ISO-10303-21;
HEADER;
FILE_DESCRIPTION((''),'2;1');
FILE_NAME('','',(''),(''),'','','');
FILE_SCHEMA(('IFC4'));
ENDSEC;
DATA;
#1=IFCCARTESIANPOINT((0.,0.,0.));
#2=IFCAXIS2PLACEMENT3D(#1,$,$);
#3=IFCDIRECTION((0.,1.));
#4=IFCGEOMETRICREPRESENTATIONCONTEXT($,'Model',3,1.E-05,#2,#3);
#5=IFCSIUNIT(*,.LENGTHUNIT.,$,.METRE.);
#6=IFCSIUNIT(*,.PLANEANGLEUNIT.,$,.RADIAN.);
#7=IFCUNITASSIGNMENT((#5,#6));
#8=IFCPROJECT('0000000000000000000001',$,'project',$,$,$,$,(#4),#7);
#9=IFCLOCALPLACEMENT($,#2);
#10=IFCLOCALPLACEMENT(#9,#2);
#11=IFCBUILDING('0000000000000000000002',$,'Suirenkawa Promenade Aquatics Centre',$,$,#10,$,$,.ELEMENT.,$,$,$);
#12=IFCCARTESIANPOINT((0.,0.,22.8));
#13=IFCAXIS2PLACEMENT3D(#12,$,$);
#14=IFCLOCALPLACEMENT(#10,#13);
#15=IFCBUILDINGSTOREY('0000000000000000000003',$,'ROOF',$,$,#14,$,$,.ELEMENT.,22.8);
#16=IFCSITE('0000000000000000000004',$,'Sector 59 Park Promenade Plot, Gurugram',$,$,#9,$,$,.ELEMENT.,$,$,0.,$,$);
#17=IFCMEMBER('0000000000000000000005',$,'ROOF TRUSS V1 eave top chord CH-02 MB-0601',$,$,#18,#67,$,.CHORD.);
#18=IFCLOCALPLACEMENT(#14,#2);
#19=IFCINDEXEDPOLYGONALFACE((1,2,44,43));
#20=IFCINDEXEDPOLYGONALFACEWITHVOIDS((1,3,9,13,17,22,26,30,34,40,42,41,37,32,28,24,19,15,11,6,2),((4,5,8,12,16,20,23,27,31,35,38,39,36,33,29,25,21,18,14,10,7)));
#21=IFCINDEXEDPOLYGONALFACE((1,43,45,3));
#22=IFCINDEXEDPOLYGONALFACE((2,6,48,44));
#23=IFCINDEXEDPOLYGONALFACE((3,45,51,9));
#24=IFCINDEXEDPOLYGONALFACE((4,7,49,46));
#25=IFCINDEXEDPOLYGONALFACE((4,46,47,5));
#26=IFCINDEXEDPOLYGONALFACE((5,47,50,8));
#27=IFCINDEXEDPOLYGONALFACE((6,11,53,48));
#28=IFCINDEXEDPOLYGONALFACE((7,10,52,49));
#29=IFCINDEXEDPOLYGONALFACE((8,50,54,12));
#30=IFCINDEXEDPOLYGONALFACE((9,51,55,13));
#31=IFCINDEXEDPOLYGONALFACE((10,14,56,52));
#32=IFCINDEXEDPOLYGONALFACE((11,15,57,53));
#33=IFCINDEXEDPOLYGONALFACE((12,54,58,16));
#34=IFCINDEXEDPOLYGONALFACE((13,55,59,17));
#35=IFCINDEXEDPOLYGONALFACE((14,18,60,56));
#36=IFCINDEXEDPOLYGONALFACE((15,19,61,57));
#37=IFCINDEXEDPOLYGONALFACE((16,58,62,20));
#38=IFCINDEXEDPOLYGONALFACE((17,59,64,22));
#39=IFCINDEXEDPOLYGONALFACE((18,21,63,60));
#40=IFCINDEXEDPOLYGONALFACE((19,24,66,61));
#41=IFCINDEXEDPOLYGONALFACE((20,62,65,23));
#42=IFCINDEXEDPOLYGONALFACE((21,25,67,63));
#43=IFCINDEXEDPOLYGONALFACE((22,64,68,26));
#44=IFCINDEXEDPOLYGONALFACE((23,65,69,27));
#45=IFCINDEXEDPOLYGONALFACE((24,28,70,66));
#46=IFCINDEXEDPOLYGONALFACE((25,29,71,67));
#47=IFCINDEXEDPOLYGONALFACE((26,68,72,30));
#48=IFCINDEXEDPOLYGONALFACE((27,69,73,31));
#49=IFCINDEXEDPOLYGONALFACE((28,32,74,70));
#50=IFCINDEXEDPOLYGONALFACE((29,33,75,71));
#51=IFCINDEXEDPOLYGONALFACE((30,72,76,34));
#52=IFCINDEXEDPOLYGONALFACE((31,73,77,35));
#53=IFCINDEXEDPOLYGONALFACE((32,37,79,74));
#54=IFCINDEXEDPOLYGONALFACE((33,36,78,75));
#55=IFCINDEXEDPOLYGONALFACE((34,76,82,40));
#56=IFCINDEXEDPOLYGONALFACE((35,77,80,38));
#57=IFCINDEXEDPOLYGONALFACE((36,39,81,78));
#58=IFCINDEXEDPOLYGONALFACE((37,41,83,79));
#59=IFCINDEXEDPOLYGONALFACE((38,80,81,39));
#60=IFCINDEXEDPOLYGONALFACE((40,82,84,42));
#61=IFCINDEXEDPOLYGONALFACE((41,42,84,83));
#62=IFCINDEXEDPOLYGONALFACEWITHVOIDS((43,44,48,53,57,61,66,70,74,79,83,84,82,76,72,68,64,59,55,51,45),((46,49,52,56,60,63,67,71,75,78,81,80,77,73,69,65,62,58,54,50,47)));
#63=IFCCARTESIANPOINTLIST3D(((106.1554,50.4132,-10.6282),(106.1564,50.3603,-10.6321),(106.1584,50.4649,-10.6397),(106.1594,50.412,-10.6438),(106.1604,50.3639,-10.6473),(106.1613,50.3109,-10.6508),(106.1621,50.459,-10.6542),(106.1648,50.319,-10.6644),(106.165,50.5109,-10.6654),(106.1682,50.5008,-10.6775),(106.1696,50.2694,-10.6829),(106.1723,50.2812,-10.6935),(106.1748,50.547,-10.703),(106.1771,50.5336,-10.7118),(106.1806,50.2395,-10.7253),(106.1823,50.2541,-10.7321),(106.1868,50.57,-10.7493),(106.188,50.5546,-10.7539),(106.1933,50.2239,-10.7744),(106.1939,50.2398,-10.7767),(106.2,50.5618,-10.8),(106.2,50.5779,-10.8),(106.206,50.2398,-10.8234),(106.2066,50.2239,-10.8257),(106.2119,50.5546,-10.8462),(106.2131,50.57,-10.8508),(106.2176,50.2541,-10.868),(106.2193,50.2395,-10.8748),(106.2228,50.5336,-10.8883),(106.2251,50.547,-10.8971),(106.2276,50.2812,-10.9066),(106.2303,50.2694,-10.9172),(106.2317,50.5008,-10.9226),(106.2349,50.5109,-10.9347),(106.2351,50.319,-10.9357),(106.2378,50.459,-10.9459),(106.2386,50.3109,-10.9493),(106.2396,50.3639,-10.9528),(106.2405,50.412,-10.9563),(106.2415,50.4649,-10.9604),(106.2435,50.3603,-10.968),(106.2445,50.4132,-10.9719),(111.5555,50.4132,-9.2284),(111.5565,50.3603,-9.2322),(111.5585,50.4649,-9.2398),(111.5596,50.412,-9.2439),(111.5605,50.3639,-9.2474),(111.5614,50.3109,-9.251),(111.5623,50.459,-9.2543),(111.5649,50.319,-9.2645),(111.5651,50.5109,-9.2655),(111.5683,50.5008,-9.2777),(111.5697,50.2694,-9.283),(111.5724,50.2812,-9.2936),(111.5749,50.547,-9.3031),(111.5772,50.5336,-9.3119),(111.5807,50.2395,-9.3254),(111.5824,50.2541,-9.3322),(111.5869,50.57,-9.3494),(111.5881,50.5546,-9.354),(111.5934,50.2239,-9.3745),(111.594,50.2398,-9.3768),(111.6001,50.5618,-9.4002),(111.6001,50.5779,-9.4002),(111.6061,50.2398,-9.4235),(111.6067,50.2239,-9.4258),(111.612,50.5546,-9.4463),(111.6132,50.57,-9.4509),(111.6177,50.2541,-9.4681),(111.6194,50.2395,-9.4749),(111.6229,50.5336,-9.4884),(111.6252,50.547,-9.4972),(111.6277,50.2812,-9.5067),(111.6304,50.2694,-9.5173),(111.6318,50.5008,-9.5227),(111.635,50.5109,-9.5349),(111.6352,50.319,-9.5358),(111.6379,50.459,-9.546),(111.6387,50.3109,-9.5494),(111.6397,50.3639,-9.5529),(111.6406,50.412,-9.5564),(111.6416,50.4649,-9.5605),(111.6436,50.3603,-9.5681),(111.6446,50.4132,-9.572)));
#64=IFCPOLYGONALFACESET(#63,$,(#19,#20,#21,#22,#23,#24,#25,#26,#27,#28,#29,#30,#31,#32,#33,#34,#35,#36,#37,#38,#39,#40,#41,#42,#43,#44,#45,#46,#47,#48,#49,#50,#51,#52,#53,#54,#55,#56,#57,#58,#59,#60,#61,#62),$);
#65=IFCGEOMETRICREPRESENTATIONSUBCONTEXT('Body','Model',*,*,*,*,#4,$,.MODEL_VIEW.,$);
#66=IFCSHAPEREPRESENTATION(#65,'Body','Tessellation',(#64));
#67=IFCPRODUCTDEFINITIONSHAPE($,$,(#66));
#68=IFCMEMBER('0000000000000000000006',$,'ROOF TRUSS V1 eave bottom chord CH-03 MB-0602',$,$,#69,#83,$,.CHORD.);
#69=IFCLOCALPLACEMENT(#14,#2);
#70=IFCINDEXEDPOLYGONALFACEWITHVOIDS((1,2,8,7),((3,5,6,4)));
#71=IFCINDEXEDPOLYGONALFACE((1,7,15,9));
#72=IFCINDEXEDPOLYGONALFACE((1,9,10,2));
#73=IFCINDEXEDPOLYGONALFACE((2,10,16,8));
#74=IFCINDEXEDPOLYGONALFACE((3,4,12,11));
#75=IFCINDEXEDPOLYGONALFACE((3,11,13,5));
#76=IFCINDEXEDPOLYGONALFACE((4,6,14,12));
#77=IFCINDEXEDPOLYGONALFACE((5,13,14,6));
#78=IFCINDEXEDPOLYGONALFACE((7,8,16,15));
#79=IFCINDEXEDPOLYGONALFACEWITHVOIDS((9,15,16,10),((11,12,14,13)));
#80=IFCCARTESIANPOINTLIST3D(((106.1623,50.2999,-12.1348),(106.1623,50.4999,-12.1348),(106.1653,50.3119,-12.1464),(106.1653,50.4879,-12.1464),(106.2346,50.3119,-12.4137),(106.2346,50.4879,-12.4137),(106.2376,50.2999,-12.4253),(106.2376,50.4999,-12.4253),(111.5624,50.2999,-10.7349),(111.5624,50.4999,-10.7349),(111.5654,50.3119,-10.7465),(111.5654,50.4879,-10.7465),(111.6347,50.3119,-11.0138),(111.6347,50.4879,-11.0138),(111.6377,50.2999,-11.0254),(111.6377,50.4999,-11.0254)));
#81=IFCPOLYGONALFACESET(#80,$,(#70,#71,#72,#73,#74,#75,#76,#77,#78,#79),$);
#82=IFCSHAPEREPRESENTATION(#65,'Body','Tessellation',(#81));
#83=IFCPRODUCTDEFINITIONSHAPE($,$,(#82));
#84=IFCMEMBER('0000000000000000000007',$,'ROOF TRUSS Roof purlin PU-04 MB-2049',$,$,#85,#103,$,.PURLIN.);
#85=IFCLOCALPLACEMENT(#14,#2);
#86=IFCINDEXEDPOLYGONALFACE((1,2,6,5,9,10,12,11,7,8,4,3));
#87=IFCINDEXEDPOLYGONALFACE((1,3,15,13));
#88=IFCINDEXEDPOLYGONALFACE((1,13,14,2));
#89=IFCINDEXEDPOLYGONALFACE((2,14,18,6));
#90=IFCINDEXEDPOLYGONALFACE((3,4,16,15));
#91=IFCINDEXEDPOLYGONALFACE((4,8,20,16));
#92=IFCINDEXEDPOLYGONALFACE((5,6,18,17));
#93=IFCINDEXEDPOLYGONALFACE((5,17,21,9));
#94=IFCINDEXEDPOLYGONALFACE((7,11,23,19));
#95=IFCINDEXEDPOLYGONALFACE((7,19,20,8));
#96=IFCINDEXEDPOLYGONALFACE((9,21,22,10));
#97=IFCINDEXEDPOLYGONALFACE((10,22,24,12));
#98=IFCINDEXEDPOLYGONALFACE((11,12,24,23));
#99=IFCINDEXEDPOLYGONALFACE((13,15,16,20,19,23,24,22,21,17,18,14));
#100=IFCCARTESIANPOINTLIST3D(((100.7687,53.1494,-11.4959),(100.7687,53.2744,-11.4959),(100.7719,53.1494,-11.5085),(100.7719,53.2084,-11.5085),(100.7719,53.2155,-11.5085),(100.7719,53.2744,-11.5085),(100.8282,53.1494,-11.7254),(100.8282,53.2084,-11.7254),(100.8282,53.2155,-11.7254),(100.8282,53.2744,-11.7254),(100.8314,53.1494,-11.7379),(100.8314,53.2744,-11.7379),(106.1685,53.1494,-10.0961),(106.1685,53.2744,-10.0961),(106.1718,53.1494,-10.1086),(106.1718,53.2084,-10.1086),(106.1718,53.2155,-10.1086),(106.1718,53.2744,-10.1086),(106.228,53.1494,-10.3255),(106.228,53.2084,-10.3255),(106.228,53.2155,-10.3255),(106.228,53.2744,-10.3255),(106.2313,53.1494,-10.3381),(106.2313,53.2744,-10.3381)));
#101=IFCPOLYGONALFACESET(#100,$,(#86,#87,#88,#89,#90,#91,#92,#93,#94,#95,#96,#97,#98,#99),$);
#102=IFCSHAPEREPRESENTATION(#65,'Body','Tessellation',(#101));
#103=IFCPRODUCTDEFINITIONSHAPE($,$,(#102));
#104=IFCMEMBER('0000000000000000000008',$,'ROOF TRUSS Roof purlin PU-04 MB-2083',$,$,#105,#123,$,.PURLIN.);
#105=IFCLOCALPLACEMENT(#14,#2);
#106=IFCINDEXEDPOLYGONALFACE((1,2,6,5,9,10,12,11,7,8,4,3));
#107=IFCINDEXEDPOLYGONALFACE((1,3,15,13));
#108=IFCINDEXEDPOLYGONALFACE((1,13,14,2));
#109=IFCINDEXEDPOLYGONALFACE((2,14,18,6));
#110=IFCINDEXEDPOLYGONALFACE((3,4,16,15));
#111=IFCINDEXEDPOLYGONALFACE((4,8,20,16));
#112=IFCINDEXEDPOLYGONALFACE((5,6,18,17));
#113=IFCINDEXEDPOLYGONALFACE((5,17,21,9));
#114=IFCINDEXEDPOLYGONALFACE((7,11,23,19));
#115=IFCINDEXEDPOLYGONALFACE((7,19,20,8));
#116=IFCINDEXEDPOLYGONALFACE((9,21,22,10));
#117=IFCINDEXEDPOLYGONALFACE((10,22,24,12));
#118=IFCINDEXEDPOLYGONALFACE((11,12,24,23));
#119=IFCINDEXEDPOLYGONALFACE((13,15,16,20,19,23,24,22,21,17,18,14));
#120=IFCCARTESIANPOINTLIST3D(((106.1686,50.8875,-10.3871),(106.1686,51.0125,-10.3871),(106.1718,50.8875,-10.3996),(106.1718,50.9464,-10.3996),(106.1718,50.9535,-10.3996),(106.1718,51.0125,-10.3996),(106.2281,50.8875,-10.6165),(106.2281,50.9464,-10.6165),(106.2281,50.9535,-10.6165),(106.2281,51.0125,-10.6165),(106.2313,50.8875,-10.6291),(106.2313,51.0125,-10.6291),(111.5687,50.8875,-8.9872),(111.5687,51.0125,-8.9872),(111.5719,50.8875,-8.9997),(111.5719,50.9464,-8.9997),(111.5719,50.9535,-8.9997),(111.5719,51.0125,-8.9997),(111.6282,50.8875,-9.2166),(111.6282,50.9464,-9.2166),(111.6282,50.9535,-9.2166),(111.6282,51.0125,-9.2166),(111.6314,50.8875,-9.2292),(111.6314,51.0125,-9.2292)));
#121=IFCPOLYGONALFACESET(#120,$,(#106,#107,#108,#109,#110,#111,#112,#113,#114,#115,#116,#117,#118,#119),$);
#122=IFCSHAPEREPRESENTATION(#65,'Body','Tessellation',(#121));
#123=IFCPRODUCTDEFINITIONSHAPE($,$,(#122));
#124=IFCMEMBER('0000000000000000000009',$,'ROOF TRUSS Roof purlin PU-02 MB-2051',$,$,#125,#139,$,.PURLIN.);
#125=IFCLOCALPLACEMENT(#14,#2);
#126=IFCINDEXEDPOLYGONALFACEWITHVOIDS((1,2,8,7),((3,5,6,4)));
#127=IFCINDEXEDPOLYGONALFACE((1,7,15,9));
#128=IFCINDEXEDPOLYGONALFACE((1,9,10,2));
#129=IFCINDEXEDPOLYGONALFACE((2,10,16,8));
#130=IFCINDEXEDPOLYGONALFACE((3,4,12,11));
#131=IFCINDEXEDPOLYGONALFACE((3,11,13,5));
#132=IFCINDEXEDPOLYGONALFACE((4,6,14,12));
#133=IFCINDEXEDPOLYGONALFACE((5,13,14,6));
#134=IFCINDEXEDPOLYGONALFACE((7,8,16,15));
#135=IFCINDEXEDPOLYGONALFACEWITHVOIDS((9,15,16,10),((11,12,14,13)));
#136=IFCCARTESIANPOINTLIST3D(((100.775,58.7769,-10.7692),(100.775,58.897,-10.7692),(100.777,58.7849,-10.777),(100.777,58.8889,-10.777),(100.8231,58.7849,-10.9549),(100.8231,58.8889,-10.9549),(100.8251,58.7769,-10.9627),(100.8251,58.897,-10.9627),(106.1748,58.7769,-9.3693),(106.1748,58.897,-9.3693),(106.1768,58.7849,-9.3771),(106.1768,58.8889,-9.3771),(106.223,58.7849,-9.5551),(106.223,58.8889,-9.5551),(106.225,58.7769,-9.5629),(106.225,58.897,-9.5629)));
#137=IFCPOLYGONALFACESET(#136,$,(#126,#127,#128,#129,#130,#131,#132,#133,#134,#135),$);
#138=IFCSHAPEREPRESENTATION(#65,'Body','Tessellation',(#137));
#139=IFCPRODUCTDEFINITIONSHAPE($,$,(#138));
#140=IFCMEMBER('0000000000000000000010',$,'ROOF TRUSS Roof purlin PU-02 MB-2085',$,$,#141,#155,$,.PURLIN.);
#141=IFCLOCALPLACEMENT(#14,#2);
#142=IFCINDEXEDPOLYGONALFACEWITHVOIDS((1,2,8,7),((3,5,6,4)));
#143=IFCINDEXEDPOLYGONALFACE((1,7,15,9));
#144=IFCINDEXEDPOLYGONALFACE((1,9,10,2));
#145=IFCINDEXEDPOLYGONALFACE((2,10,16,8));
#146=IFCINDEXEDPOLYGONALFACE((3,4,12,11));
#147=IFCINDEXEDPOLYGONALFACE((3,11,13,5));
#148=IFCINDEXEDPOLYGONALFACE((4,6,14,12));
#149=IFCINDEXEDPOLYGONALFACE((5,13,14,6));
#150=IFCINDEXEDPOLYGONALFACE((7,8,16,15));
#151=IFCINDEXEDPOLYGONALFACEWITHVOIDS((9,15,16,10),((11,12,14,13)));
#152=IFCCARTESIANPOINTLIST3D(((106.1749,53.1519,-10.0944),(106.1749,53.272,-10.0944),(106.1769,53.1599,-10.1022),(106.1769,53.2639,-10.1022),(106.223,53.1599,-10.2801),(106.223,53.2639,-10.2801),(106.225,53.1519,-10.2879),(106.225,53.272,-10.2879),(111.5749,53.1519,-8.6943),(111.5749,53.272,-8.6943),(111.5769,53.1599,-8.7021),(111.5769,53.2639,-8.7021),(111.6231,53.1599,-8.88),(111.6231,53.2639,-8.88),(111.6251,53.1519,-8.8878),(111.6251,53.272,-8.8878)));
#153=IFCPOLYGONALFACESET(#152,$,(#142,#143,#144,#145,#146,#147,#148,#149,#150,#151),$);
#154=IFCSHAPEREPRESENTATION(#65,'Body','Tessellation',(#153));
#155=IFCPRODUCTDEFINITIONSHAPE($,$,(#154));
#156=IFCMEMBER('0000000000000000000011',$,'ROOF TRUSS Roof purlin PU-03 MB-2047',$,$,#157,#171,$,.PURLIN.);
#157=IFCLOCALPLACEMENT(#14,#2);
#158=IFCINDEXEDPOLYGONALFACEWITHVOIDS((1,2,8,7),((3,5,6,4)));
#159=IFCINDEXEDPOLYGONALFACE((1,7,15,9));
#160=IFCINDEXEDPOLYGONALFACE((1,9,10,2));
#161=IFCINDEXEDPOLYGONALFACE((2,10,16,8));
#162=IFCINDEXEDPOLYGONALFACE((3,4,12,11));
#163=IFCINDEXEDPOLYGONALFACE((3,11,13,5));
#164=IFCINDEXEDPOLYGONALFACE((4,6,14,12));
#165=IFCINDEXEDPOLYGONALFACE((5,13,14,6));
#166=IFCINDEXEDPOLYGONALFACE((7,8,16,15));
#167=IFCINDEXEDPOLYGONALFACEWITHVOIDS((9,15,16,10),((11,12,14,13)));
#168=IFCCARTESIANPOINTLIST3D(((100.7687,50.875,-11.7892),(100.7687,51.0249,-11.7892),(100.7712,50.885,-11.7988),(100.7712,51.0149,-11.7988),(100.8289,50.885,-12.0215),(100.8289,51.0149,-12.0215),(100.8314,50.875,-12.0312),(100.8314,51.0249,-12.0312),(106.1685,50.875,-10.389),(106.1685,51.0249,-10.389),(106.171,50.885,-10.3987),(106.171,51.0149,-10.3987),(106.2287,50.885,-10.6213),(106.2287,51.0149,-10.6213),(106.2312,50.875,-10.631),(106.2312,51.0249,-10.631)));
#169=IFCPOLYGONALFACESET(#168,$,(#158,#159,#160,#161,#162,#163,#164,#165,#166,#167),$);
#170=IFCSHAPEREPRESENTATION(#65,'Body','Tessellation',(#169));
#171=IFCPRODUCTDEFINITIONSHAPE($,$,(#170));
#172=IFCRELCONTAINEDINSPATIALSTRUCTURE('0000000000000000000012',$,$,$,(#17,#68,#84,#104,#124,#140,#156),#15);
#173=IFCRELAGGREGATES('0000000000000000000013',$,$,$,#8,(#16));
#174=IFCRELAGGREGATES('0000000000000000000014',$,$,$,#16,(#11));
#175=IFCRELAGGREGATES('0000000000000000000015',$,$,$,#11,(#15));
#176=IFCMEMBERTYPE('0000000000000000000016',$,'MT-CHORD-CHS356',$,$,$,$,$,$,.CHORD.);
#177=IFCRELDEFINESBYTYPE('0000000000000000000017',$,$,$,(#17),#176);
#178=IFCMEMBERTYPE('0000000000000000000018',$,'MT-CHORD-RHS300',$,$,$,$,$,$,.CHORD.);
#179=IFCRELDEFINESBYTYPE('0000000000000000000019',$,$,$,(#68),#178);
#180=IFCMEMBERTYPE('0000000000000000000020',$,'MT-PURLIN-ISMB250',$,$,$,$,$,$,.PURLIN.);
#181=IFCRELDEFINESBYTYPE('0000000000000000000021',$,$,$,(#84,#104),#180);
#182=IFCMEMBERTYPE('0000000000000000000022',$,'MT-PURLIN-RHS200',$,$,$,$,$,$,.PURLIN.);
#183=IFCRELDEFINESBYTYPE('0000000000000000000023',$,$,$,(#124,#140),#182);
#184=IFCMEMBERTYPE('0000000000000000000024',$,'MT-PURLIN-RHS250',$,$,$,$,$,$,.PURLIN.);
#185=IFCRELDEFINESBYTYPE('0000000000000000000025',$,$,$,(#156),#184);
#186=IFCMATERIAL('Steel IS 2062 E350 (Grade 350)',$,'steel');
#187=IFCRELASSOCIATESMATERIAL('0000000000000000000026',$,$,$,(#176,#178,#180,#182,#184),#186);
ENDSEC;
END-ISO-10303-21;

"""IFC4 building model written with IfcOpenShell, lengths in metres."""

from ifc_helpers import new_model, si_unit, direction, frame, origin, origin_2d, place, context, subcontext, project, spatial, hollow_rectangle, hollow_circle, i_section, extrude, material, material_profile, profile_set, type_object, element, save


model = new_model("IFC4")

# Units and contexts
model_context = context("Model", 3, precision=1e-05, world=origin(), true_north=direction((0.0, 1.0)))
body_context = subcontext(model_context, "Body", "Model", "MODEL_VIEW")
ifc_project = project(units=[si_unit("LENGTHUNIT", "METRE"), si_unit("PLANEANGLEUNIT", "RADIAN")], contexts=[model_context])

# Site, building, storey
site_placement = place(None, origin())
site = spatial("IfcSite", under=ifc_project, at=site_placement, Name="Sector 59 Park Promenade Plot, Gurugram", CompositionType="ELEMENT", RefElevation=0.0)
building_placement = place(site_placement, origin())
building = spatial("IfcBuilding", under=site, at=building_placement, Name="Suirenkawa Promenade Aquatics Centre", CompositionType="ELEMENT")
storey_placement = place(building_placement, frame((0.0, 0.0, 22.8)))
storey = spatial("IfcBuildingStorey", under=building, at=storey_placement, Name="ROOF", CompositionType="ELEMENT", Elevation=22.8)

# Shared definitions
ifc_material_1 = material(Name="Steel IS 2062 E350 (Grade 350)", Category="steel")

# Members
ifc_material_profile_1 = material_profile(ifc_material_1, hollow_circle(Radius=0.178, WallThickness=0.0161, at=origin_2d()), Name="CHS 356x16", Category="steel")
ifc_profile_set_1 = profile_set([ifc_material_profile_1], Name="Steel IS 2062 E350 (Grade 350)")
member_type_1 = type_object("IfcMemberType", Name="MT-CHORD-CHS356", PredefinedType="CHORD", material=ifc_profile_set_1)
member_1_placement = place(storey_placement, frame((106.2, 50.3999, -10.8), z_axis=(0.968003, 0.0, 0.250939), x_axis=(0.0, 1.0, 0.0)))
element("IfcMember", 1, at=member_1_placement, inside=storey, type_object=member_type_1, Name="ROOF TRUSS V1 eave top chord CH-02 MB-0601", PredefinedType="CHORD", context=body_context, shape_type="SweptSolid", body=[
    extrude(hollow_circle(Radius=0.178, WallThickness=0.0161, at=origin_2d()), origin(), (0.0, 0.0, 1.0), 5.5786),
])
ifc_material_profile_2 = material_profile(ifc_material_1, hollow_rectangle(XDim=0.2, YDim=0.3, WallThickness=0.012, at=origin_2d()), Name="RHS 300x200x12", Category="steel")
ifc_profile_set_2 = profile_set([ifc_material_profile_2], Name="Steel IS 2062 E350 (Grade 350)")
member_type_2 = type_object("IfcMemberType", Name="MT-CHORD-RHS300", PredefinedType="CHORD", material=ifc_profile_set_2)
member_2_placement = place(storey_placement, frame((106.2, 50.3999, -12.28), z_axis=(0.968003, 0.0, 0.250939), x_axis=(0.0, 1.0, 0.0)))
element("IfcMember", 2, at=member_2_placement, inside=storey, type_object=member_type_2, Name="ROOF TRUSS V1 eave bottom chord CH-03 MB-0602", PredefinedType="CHORD", context=body_context, shape_type="SweptSolid", body=[
    extrude(hollow_rectangle(XDim=0.2, YDim=0.3, WallThickness=0.012, at=origin_2d()), origin(), (0.0, 0.0, 1.0), 5.5786),
])
ifc_material_profile_3 = material_profile(ifc_material_1, i_section(OverallWidth=0.125, OverallDepth=0.25, WebThickness=0.0071, FlangeThickness=0.0129, at=origin_2d()), Name="ISMB 250", Category="steel")
ifc_profile_set_3 = profile_set([ifc_material_profile_3], Name="Steel IS 2062 E350 (Grade 350)")
member_type_3 = type_object("IfcMemberType", Name="MT-PURLIN-ISMB250", PredefinedType="PURLIN", material=ifc_profile_set_3)
member_3_placement = place(storey_placement, frame((100.8, 53.2119, -11.6169), z_axis=(0.968, 0.0, 0.25095), x_axis=(0.0, 1.0, 0.0)))
element("IfcMember", 3, at=member_3_placement, inside=storey, type_object=member_type_3, Name="ROOF TRUSS Roof purlin PU-04 MB-2049", PredefinedType="PURLIN", context=body_context, shape_type="SweptSolid", body=[
    extrude(i_section(OverallWidth=0.125, OverallDepth=0.25, WebThickness=0.0071, FlangeThickness=0.0129, at=origin_2d()), origin(), (0.0, 0.0, 1.0), 5.5784),
])
member_4_placement = place(storey_placement, frame((106.2, 50.95, -10.5081), z_axis=(0.968003, 0.0, 0.250939), x_axis=(0.0, 1.0, 0.0)))
element("IfcMember", 4, at=member_4_placement, inside=storey, type_object=member_type_3, Name="ROOF TRUSS Roof purlin PU-04 MB-2083", PredefinedType="PURLIN", context=body_context, shape_type="SweptSolid", body=[
    extrude(i_section(OverallWidth=0.125, OverallDepth=0.25, WebThickness=0.0071, FlangeThickness=0.0129, at=origin_2d()), origin(), (0.0, 0.0, 1.0), 5.5786),
])
ifc_material_profile_4 = material_profile(ifc_material_1, hollow_rectangle(XDim=0.1201, YDim=0.2, WallThickness=0.0081, at=origin_2d()), Name="RHS 200x120x8", Category="steel")
ifc_profile_set_4 = profile_set([ifc_material_profile_4], Name="Steel IS 2062 E350 (Grade 350)")
member_type_4 = type_object("IfcMemberType", Name="MT-PURLIN-RHS200", PredefinedType="PURLIN", material=ifc_profile_set_4)
member_5_placement = place(storey_placement, frame((100.8, 58.8369, -10.866), z_axis=(0.968, 0.0, 0.25095), x_axis=(0.0, 1.0, 0.0)))
element("IfcMember", 5, at=member_5_placement, inside=storey, type_object=member_type_4, Name="ROOF TRUSS Roof purlin PU-02 MB-2051", PredefinedType="PURLIN", context=body_context, shape_type="SweptSolid", body=[
    extrude(hollow_rectangle(XDim=0.1201, YDim=0.2, WallThickness=0.0081, at=origin_2d()), origin(), (0.0, 0.0, 1.0), 5.5784),
])
member_6_placement = place(storey_placement, frame((106.2, 53.2119, -10.1912), z_axis=(0.967992, 0.0, 0.25098), x_axis=(0.0, 1.0, 0.0)))
element("IfcMember", 6, at=member_6_placement, inside=storey, type_object=member_type_4, Name="ROOF TRUSS Roof purlin PU-02 MB-2085", PredefinedType="PURLIN", context=body_context, shape_type="SweptSolid", body=[
    extrude(hollow_rectangle(XDim=0.1201, YDim=0.2, WallThickness=0.0081, at=origin_2d()), origin(), (0.0, 0.0, 1.0), 5.5786),
])
ifc_material_profile_5 = material_profile(ifc_material_1, hollow_rectangle(XDim=0.1499, YDim=0.25, WallThickness=0.01, at=origin_2d()), Name="RHS 250x150x10", Category="steel")
ifc_profile_set_5 = profile_set([ifc_material_profile_5], Name="Steel IS 2062 E350 (Grade 350)")
member_type_5 = type_object("IfcMemberType", Name="MT-PURLIN-RHS250", PredefinedType="PURLIN", material=ifc_profile_set_5)
member_7_placement = place(storey_placement, frame((100.8, 50.95, -11.9102), z_axis=(0.967989, 0.0, 0.250991), x_axis=(0.0, 1.0, 0.0)))
element("IfcMember", 7, at=member_7_placement, inside=storey, type_object=member_type_5, Name="ROOF TRUSS Roof purlin PU-03 MB-2047", PredefinedType="PURLIN", context=body_context, shape_type="SweptSolid", body=[
    extrude(hollow_rectangle(XDim=0.1499, YDim=0.25, WallThickness=0.01, at=origin_2d()), origin(), (0.0, 0.0, 1.0), 5.5784),
])

save(model, "model.ifc")
